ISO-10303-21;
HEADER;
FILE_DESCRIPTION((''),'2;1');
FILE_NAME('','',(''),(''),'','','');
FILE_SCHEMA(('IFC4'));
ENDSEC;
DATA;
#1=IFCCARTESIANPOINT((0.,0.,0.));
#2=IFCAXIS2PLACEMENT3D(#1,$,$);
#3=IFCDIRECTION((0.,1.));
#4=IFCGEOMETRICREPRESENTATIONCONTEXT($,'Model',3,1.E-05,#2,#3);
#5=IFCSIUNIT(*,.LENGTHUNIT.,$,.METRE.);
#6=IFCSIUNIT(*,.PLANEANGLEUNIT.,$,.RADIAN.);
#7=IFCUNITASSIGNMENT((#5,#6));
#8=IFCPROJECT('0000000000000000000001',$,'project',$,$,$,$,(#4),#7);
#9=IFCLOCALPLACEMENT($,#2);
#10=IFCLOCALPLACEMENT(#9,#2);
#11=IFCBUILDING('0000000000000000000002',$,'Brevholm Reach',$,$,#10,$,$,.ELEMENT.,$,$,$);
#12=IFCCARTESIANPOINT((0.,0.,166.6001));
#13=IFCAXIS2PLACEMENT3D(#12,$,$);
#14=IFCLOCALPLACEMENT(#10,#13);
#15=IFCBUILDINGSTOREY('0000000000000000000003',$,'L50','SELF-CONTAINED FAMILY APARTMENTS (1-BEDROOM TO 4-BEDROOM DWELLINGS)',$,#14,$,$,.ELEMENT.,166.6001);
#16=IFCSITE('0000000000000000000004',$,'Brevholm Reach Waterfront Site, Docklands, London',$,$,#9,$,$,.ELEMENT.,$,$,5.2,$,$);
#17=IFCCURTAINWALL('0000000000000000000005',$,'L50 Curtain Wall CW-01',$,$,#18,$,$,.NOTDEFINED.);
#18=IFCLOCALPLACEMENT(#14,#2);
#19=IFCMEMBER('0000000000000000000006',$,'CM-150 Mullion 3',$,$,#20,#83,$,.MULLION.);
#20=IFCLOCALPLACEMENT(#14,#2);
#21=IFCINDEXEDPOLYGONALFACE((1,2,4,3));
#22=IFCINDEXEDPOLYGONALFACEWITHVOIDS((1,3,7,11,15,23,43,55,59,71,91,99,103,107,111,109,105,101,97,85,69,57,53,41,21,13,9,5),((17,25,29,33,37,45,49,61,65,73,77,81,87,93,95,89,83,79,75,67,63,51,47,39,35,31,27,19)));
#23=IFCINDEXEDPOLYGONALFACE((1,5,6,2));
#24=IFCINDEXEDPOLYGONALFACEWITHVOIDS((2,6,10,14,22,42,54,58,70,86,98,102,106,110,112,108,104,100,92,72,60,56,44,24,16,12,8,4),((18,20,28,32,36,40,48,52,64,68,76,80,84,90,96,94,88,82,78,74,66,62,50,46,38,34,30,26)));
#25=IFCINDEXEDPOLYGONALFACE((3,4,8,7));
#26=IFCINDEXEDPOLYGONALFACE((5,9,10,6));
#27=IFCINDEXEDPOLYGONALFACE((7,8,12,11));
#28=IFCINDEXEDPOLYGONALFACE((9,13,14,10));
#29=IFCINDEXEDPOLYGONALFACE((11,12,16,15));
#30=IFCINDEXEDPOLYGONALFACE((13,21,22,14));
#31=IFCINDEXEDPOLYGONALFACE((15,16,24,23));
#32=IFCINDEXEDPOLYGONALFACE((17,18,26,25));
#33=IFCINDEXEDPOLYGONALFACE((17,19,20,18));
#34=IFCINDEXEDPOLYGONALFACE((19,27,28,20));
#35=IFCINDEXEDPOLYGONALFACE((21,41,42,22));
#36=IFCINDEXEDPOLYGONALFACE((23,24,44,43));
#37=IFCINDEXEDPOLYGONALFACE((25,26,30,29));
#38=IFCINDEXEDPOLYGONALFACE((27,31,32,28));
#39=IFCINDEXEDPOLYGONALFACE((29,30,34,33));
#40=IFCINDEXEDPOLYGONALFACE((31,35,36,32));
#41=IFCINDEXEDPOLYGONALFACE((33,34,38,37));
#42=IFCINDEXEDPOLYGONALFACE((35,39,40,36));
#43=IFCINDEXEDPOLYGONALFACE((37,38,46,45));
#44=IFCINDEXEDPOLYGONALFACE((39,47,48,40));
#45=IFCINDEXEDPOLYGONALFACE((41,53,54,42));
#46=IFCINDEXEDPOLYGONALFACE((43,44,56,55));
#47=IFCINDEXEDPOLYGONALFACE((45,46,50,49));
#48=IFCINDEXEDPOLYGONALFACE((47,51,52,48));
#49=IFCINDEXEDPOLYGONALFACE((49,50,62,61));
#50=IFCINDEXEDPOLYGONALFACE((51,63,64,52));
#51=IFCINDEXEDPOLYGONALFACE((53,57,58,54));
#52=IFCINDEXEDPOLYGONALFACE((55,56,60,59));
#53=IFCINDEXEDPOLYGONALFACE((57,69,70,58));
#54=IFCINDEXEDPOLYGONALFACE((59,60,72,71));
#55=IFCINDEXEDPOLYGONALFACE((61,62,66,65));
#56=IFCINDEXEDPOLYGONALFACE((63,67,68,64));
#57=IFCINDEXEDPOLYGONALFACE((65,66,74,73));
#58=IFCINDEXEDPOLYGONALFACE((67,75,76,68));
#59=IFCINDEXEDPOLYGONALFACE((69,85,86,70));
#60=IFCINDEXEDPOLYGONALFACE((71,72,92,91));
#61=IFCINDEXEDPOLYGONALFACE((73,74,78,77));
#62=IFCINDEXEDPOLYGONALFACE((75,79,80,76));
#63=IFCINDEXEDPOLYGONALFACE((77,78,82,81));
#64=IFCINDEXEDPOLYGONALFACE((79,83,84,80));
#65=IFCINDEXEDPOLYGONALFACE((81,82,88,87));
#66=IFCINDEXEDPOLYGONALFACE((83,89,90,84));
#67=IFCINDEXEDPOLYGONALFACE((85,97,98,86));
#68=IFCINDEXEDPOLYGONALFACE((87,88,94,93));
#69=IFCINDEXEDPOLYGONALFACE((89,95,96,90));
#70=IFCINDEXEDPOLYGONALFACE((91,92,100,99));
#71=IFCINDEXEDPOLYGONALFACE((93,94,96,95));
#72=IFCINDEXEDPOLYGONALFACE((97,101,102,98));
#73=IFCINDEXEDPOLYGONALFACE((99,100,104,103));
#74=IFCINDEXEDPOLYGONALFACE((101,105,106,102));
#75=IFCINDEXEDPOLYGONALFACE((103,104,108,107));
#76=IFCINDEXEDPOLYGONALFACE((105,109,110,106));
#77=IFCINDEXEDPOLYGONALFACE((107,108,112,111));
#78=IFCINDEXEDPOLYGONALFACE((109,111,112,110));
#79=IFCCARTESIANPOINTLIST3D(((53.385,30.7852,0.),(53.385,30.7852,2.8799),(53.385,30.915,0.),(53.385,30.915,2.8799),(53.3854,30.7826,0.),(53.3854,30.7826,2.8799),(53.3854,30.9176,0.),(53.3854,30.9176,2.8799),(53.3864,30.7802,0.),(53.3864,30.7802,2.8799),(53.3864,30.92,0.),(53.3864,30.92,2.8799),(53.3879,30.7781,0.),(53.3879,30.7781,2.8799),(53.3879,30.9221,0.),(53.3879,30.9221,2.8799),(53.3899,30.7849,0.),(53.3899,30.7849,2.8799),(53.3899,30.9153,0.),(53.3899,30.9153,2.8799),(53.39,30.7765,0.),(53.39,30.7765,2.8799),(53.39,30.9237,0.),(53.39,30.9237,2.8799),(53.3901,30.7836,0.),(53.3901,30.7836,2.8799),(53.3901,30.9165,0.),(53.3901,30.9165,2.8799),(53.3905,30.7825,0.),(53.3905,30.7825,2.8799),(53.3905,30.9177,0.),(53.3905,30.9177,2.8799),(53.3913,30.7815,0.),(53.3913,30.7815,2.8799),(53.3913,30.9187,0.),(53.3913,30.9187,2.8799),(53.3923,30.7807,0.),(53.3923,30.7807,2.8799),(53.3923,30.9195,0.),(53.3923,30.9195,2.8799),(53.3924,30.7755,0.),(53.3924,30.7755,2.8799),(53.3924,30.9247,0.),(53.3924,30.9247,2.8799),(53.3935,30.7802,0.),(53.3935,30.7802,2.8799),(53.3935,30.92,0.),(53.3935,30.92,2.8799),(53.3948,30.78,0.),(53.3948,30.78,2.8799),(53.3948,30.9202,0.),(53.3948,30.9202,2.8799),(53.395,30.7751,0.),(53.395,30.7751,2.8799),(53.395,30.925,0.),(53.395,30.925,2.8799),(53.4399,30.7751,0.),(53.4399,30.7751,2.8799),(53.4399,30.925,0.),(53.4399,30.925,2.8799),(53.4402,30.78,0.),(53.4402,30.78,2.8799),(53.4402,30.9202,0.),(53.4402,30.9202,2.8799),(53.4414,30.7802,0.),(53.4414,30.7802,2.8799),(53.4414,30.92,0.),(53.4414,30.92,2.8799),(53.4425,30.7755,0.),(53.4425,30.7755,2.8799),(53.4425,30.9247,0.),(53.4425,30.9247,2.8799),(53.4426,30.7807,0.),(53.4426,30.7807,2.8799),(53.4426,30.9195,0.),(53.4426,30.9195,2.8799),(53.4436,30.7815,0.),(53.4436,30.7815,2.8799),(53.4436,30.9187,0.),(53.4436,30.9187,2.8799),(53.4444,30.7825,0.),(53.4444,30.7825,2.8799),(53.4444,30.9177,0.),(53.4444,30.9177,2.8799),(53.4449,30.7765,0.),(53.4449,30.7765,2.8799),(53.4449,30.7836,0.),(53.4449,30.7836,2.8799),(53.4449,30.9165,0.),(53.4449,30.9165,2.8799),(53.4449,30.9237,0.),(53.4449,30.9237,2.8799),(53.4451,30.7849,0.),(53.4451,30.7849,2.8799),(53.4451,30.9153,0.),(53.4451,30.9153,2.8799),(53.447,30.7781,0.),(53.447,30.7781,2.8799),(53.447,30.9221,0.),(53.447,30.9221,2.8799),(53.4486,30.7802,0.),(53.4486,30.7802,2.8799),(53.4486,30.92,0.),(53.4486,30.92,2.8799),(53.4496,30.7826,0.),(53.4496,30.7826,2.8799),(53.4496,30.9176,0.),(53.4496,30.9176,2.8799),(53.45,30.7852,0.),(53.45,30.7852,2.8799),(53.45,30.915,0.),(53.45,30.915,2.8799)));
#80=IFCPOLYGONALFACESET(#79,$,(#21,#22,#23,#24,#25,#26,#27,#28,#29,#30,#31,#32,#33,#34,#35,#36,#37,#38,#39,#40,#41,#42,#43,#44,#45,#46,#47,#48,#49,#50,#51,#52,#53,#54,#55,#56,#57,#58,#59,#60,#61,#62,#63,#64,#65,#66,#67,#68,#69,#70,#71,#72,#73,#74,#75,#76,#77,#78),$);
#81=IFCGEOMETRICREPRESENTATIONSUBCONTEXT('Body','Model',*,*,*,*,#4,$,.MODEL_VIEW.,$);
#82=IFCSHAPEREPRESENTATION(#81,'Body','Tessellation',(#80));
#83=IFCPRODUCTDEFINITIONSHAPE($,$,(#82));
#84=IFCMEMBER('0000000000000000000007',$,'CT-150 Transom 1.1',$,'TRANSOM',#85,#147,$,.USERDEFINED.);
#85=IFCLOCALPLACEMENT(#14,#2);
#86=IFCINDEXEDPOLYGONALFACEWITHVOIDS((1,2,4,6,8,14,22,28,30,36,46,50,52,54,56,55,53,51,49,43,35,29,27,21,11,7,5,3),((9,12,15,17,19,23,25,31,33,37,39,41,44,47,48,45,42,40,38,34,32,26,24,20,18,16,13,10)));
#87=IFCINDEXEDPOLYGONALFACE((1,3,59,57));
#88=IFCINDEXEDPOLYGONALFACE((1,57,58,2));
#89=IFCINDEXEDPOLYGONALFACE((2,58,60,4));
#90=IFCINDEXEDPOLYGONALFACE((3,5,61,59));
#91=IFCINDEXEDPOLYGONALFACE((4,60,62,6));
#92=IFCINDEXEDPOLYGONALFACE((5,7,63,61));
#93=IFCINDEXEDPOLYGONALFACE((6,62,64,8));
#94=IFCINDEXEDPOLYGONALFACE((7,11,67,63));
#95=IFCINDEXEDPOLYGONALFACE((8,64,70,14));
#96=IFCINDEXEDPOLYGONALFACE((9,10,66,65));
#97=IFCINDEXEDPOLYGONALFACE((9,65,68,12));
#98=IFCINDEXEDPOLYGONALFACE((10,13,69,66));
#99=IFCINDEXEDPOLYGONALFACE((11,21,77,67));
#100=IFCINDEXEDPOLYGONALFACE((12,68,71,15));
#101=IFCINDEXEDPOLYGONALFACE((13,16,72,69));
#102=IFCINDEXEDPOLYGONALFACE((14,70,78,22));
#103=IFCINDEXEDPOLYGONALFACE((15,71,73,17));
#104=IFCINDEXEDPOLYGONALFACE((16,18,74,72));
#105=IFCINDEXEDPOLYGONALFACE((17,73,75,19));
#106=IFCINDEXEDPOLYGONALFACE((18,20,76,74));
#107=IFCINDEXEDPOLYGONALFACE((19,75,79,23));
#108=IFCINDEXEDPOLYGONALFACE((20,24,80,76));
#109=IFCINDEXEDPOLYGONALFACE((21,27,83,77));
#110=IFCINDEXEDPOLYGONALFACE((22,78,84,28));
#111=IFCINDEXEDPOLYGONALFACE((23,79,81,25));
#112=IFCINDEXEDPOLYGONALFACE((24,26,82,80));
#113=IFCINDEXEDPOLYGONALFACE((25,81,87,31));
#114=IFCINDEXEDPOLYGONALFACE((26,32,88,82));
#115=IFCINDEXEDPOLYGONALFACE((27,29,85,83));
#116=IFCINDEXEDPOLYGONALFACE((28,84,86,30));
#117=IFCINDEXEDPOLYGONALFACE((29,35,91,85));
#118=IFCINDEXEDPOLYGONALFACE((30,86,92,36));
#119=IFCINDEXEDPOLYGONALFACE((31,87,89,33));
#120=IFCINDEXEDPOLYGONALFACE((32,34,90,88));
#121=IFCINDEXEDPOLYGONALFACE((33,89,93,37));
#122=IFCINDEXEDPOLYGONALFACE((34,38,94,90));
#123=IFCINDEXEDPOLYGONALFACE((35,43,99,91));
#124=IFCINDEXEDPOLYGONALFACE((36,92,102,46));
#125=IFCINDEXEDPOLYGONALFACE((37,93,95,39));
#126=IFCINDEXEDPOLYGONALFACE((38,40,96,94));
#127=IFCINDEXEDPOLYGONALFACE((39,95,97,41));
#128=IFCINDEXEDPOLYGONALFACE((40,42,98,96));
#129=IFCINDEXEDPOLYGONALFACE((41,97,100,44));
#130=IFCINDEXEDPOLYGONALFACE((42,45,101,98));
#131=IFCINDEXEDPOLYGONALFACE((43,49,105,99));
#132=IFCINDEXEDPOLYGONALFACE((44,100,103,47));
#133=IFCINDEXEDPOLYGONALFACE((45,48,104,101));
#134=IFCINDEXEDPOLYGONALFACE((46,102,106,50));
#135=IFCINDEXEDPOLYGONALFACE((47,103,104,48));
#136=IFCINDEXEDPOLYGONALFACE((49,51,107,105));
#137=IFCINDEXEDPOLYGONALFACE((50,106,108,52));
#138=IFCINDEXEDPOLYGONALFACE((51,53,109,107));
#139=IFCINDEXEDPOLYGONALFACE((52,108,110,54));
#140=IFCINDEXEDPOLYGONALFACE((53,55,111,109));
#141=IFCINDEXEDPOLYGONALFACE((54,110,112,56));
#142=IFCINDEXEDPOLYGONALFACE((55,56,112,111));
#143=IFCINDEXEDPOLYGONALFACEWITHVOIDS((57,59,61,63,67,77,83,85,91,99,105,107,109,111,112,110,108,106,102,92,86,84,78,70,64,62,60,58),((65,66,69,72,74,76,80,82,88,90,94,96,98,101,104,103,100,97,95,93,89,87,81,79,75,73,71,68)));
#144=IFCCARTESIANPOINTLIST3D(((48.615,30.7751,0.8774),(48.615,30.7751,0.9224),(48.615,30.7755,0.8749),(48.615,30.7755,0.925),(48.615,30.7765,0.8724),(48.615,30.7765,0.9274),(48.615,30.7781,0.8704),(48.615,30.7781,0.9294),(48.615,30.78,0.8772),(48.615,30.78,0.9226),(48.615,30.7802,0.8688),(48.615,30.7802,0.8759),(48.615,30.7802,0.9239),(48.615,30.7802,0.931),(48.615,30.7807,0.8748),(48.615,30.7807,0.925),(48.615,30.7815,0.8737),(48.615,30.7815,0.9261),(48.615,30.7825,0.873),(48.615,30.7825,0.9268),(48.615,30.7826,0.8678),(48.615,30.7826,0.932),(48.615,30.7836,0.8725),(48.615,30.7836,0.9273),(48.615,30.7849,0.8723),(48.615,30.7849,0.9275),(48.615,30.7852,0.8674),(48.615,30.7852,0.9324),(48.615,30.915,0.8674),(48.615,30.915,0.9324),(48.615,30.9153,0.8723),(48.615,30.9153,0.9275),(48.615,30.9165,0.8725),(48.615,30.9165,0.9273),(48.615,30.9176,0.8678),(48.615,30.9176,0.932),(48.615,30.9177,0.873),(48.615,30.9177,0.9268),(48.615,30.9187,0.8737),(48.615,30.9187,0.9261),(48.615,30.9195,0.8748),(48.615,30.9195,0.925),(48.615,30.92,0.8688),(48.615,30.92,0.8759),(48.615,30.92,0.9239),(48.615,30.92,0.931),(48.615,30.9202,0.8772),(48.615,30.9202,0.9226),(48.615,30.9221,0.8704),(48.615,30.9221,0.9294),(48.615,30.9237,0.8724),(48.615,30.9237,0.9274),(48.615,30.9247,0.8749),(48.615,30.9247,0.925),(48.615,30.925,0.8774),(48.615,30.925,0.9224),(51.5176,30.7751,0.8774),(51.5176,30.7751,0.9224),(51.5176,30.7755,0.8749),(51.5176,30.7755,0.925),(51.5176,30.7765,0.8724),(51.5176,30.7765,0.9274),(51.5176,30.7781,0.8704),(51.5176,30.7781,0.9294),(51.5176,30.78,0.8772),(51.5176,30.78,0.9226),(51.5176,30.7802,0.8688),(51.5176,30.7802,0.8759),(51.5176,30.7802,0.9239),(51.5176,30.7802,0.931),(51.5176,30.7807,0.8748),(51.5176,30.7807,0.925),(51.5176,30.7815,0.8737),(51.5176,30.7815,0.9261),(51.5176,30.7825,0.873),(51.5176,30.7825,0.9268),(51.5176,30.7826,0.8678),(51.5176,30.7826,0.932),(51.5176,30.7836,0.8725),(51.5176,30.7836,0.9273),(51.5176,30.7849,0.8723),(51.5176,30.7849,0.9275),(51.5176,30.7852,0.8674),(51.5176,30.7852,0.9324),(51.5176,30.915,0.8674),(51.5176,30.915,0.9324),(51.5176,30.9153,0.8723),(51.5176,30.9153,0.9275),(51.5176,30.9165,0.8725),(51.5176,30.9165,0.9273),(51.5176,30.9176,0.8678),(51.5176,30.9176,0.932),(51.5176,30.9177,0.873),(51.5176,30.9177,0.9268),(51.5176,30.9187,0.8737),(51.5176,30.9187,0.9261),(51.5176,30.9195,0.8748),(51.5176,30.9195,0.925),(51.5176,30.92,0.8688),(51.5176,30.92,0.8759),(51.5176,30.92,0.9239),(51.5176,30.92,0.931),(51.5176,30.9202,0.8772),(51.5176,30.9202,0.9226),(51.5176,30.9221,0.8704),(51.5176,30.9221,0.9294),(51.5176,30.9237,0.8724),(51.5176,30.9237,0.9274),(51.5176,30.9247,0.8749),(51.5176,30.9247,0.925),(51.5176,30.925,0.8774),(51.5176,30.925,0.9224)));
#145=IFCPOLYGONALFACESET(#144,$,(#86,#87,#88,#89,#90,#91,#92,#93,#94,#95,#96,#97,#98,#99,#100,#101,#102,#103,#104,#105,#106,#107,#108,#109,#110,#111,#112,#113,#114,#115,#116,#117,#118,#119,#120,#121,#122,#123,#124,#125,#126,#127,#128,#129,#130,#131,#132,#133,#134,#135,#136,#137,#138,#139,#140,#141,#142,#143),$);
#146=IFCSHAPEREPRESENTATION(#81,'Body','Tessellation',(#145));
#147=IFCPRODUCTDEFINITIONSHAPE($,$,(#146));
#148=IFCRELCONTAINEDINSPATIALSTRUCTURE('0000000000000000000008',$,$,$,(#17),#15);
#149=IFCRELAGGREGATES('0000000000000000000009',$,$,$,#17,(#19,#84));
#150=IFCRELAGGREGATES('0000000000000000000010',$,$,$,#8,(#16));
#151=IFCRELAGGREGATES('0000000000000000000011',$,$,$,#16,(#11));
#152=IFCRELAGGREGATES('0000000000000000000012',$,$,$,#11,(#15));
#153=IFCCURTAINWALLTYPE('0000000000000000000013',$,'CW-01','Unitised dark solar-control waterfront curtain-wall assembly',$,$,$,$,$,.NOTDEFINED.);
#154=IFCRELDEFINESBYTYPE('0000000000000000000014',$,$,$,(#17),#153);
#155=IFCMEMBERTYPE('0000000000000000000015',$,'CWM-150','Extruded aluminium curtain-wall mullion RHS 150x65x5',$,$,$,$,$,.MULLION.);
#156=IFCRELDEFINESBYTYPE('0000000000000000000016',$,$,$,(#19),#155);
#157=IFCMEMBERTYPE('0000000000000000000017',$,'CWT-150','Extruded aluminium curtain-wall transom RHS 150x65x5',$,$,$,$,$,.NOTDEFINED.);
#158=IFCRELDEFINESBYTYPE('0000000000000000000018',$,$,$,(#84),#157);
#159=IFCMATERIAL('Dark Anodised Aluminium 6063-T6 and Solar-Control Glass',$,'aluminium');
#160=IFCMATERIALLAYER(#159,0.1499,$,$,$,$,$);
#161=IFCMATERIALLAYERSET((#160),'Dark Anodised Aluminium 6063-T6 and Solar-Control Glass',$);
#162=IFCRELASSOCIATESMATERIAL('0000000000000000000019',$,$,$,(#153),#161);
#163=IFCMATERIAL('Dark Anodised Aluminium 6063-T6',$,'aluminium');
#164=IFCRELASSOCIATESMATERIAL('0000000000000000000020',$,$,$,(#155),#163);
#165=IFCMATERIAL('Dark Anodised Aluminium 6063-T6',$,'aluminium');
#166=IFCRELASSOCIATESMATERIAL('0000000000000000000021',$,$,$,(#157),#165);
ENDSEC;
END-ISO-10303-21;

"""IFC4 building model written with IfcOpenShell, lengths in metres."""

from ifc_helpers import new_model, si_unit, direction, frame, origin, origin_2d, place, context, subcontext, project, spatial, hollow_rectangle, extrude, material, layer, layer_set, material_profile, profile_set, type_object, element, aggregate, save


model = new_model("IFC4")

# Units and contexts
model_context = context("Model", 3, precision=1e-05, world=origin(), true_north=direction((0.0, 1.0)))
body_context = subcontext(model_context, "Body", "Model", "MODEL_VIEW")
ifc_project = project(units=[si_unit("LENGTHUNIT", "METRE"), si_unit("PLANEANGLEUNIT", "RADIAN")], contexts=[model_context])

# Site, building, storey
site_placement = place(None, origin())
site = spatial("IfcSite", under=ifc_project, at=site_placement, Name="Brevholm Reach Waterfront Site, Docklands, London", CompositionType="ELEMENT", RefElevation=5.2)
building_placement = place(site_placement, origin())
building = spatial("IfcBuilding", under=site, at=building_placement, Name="Brevholm Reach", CompositionType="ELEMENT")
storey_placement = place(building_placement, frame((0.0, 0.0, 166.6001)))
storey = spatial("IfcBuildingStorey", under=building, at=storey_placement, Name="L50", Description="SELF-CONTAINED FAMILY APARTMENTS (1-BEDROOM TO 4-BEDROOM DWELLINGS)", CompositionType="ELEMENT", Elevation=166.6001)

# Curtain wall, members
ifc_material_1 = material(Name="Dark Anodised Aluminium 6063-T6 and Solar-Control Glass", Category="aluminium")
ifc_layer_1 = layer(ifc_material_1, 0.1499)
ifc_layer_set_1 = layer_set([ifc_layer_1], Name="Dark Anodised Aluminium 6063-T6 and Solar-Control Glass")
curtain_wall_type = type_object("IfcCurtainWallType", Name="CW-01", Description="Unitised dark solar-control waterfront curtain-wall assembly", PredefinedType="NOTDEFINED", material=ifc_layer_set_1)
curtain_wall_placement = place(storey_placement, origin())
curtain_wall = element("IfcCurtainWall", 1, at=curtain_wall_placement, inside=storey, type_object=curtain_wall_type, Name="L50 Curtain Wall CW-01", PredefinedType="NOTDEFINED")
ifc_material_2 = material(Name="Dark Anodised Aluminium 6063-T6", Category="aluminium")
ifc_material_profile_1 = material_profile(ifc_material_2, hollow_rectangle(XDim=0.0649, YDim=0.1499, WallThickness=0.0049, InnerFilletRadius=0.0049, OuterFilletRadius=0.01, at=origin_2d()), Name="RHS 150x65x5")
ifc_profile_set_1 = profile_set([ifc_material_profile_1], Name="Dark Anodised Aluminium 6063-T6")
member_type_1 = type_object("IfcMemberType", Name="CWM-150", Description="Extruded aluminium curtain-wall mullion RHS 150x65x5", PredefinedType="MULLION", material=ifc_profile_set_1)
member_1_placement = place(storey_placement, frame((53.4175, 30.8501, 0.0), z_axis=(0.0, 0.0, 1.0), x_axis=(1.0, 0.0, 0.0)))
member_1 = element("IfcMember", 2, at=member_1_placement, type_object=member_type_1, Name="CM-150 Mullion 3", PredefinedType="MULLION", context=body_context, shape_type="SweptSolid", body=[
    extrude(hollow_rectangle(XDim=0.0649, YDim=0.1499, WallThickness=0.0049, InnerFilletRadius=0.0049, OuterFilletRadius=0.01, at=origin_2d()), origin(), (0.0, 0.0, 1.0), 2.8799),
])
ifc_material_3 = material(Name="Dark Anodised Aluminium 6063-T6", Category="aluminium")
ifc_material_profile_2 = material_profile(ifc_material_3, hollow_rectangle(XDim=0.0649, YDim=0.1499, WallThickness=0.0049, InnerFilletRadius=0.0049, OuterFilletRadius=0.01, at=origin_2d()), Name="RHS 150x65x5")
ifc_profile_set_2 = profile_set([ifc_material_profile_2], Name="Dark Anodised Aluminium 6063-T6")
member_type_2 = type_object("IfcMemberType", Name="CWT-150", Description="Extruded aluminium curtain-wall transom RHS 150x65x5", PredefinedType="NOTDEFINED", material=ifc_profile_set_2)
member_2_placement = place(storey_placement, frame((48.615, 30.8501, 0.8999), z_axis=(1.0, 0.0, 0.0), x_axis=(0.0, 0.0, 1.0)))
member_2 = element("IfcMember", 3, at=member_2_placement, type_object=member_type_2, Name="CT-150 Transom 1.1", ObjectType="TRANSOM", PredefinedType="USERDEFINED", context=body_context, shape_type="SweptSolid", body=[
    extrude(hollow_rectangle(XDim=0.0649, YDim=0.1499, WallThickness=0.0049, InnerFilletRadius=0.0049, OuterFilletRadius=0.01, at=origin_2d()), origin(), (0.0, 0.0, 1.0), 2.9026),
])
aggregate(curtain_wall, [member_1, member_2])

save(model, "model.ifc")
